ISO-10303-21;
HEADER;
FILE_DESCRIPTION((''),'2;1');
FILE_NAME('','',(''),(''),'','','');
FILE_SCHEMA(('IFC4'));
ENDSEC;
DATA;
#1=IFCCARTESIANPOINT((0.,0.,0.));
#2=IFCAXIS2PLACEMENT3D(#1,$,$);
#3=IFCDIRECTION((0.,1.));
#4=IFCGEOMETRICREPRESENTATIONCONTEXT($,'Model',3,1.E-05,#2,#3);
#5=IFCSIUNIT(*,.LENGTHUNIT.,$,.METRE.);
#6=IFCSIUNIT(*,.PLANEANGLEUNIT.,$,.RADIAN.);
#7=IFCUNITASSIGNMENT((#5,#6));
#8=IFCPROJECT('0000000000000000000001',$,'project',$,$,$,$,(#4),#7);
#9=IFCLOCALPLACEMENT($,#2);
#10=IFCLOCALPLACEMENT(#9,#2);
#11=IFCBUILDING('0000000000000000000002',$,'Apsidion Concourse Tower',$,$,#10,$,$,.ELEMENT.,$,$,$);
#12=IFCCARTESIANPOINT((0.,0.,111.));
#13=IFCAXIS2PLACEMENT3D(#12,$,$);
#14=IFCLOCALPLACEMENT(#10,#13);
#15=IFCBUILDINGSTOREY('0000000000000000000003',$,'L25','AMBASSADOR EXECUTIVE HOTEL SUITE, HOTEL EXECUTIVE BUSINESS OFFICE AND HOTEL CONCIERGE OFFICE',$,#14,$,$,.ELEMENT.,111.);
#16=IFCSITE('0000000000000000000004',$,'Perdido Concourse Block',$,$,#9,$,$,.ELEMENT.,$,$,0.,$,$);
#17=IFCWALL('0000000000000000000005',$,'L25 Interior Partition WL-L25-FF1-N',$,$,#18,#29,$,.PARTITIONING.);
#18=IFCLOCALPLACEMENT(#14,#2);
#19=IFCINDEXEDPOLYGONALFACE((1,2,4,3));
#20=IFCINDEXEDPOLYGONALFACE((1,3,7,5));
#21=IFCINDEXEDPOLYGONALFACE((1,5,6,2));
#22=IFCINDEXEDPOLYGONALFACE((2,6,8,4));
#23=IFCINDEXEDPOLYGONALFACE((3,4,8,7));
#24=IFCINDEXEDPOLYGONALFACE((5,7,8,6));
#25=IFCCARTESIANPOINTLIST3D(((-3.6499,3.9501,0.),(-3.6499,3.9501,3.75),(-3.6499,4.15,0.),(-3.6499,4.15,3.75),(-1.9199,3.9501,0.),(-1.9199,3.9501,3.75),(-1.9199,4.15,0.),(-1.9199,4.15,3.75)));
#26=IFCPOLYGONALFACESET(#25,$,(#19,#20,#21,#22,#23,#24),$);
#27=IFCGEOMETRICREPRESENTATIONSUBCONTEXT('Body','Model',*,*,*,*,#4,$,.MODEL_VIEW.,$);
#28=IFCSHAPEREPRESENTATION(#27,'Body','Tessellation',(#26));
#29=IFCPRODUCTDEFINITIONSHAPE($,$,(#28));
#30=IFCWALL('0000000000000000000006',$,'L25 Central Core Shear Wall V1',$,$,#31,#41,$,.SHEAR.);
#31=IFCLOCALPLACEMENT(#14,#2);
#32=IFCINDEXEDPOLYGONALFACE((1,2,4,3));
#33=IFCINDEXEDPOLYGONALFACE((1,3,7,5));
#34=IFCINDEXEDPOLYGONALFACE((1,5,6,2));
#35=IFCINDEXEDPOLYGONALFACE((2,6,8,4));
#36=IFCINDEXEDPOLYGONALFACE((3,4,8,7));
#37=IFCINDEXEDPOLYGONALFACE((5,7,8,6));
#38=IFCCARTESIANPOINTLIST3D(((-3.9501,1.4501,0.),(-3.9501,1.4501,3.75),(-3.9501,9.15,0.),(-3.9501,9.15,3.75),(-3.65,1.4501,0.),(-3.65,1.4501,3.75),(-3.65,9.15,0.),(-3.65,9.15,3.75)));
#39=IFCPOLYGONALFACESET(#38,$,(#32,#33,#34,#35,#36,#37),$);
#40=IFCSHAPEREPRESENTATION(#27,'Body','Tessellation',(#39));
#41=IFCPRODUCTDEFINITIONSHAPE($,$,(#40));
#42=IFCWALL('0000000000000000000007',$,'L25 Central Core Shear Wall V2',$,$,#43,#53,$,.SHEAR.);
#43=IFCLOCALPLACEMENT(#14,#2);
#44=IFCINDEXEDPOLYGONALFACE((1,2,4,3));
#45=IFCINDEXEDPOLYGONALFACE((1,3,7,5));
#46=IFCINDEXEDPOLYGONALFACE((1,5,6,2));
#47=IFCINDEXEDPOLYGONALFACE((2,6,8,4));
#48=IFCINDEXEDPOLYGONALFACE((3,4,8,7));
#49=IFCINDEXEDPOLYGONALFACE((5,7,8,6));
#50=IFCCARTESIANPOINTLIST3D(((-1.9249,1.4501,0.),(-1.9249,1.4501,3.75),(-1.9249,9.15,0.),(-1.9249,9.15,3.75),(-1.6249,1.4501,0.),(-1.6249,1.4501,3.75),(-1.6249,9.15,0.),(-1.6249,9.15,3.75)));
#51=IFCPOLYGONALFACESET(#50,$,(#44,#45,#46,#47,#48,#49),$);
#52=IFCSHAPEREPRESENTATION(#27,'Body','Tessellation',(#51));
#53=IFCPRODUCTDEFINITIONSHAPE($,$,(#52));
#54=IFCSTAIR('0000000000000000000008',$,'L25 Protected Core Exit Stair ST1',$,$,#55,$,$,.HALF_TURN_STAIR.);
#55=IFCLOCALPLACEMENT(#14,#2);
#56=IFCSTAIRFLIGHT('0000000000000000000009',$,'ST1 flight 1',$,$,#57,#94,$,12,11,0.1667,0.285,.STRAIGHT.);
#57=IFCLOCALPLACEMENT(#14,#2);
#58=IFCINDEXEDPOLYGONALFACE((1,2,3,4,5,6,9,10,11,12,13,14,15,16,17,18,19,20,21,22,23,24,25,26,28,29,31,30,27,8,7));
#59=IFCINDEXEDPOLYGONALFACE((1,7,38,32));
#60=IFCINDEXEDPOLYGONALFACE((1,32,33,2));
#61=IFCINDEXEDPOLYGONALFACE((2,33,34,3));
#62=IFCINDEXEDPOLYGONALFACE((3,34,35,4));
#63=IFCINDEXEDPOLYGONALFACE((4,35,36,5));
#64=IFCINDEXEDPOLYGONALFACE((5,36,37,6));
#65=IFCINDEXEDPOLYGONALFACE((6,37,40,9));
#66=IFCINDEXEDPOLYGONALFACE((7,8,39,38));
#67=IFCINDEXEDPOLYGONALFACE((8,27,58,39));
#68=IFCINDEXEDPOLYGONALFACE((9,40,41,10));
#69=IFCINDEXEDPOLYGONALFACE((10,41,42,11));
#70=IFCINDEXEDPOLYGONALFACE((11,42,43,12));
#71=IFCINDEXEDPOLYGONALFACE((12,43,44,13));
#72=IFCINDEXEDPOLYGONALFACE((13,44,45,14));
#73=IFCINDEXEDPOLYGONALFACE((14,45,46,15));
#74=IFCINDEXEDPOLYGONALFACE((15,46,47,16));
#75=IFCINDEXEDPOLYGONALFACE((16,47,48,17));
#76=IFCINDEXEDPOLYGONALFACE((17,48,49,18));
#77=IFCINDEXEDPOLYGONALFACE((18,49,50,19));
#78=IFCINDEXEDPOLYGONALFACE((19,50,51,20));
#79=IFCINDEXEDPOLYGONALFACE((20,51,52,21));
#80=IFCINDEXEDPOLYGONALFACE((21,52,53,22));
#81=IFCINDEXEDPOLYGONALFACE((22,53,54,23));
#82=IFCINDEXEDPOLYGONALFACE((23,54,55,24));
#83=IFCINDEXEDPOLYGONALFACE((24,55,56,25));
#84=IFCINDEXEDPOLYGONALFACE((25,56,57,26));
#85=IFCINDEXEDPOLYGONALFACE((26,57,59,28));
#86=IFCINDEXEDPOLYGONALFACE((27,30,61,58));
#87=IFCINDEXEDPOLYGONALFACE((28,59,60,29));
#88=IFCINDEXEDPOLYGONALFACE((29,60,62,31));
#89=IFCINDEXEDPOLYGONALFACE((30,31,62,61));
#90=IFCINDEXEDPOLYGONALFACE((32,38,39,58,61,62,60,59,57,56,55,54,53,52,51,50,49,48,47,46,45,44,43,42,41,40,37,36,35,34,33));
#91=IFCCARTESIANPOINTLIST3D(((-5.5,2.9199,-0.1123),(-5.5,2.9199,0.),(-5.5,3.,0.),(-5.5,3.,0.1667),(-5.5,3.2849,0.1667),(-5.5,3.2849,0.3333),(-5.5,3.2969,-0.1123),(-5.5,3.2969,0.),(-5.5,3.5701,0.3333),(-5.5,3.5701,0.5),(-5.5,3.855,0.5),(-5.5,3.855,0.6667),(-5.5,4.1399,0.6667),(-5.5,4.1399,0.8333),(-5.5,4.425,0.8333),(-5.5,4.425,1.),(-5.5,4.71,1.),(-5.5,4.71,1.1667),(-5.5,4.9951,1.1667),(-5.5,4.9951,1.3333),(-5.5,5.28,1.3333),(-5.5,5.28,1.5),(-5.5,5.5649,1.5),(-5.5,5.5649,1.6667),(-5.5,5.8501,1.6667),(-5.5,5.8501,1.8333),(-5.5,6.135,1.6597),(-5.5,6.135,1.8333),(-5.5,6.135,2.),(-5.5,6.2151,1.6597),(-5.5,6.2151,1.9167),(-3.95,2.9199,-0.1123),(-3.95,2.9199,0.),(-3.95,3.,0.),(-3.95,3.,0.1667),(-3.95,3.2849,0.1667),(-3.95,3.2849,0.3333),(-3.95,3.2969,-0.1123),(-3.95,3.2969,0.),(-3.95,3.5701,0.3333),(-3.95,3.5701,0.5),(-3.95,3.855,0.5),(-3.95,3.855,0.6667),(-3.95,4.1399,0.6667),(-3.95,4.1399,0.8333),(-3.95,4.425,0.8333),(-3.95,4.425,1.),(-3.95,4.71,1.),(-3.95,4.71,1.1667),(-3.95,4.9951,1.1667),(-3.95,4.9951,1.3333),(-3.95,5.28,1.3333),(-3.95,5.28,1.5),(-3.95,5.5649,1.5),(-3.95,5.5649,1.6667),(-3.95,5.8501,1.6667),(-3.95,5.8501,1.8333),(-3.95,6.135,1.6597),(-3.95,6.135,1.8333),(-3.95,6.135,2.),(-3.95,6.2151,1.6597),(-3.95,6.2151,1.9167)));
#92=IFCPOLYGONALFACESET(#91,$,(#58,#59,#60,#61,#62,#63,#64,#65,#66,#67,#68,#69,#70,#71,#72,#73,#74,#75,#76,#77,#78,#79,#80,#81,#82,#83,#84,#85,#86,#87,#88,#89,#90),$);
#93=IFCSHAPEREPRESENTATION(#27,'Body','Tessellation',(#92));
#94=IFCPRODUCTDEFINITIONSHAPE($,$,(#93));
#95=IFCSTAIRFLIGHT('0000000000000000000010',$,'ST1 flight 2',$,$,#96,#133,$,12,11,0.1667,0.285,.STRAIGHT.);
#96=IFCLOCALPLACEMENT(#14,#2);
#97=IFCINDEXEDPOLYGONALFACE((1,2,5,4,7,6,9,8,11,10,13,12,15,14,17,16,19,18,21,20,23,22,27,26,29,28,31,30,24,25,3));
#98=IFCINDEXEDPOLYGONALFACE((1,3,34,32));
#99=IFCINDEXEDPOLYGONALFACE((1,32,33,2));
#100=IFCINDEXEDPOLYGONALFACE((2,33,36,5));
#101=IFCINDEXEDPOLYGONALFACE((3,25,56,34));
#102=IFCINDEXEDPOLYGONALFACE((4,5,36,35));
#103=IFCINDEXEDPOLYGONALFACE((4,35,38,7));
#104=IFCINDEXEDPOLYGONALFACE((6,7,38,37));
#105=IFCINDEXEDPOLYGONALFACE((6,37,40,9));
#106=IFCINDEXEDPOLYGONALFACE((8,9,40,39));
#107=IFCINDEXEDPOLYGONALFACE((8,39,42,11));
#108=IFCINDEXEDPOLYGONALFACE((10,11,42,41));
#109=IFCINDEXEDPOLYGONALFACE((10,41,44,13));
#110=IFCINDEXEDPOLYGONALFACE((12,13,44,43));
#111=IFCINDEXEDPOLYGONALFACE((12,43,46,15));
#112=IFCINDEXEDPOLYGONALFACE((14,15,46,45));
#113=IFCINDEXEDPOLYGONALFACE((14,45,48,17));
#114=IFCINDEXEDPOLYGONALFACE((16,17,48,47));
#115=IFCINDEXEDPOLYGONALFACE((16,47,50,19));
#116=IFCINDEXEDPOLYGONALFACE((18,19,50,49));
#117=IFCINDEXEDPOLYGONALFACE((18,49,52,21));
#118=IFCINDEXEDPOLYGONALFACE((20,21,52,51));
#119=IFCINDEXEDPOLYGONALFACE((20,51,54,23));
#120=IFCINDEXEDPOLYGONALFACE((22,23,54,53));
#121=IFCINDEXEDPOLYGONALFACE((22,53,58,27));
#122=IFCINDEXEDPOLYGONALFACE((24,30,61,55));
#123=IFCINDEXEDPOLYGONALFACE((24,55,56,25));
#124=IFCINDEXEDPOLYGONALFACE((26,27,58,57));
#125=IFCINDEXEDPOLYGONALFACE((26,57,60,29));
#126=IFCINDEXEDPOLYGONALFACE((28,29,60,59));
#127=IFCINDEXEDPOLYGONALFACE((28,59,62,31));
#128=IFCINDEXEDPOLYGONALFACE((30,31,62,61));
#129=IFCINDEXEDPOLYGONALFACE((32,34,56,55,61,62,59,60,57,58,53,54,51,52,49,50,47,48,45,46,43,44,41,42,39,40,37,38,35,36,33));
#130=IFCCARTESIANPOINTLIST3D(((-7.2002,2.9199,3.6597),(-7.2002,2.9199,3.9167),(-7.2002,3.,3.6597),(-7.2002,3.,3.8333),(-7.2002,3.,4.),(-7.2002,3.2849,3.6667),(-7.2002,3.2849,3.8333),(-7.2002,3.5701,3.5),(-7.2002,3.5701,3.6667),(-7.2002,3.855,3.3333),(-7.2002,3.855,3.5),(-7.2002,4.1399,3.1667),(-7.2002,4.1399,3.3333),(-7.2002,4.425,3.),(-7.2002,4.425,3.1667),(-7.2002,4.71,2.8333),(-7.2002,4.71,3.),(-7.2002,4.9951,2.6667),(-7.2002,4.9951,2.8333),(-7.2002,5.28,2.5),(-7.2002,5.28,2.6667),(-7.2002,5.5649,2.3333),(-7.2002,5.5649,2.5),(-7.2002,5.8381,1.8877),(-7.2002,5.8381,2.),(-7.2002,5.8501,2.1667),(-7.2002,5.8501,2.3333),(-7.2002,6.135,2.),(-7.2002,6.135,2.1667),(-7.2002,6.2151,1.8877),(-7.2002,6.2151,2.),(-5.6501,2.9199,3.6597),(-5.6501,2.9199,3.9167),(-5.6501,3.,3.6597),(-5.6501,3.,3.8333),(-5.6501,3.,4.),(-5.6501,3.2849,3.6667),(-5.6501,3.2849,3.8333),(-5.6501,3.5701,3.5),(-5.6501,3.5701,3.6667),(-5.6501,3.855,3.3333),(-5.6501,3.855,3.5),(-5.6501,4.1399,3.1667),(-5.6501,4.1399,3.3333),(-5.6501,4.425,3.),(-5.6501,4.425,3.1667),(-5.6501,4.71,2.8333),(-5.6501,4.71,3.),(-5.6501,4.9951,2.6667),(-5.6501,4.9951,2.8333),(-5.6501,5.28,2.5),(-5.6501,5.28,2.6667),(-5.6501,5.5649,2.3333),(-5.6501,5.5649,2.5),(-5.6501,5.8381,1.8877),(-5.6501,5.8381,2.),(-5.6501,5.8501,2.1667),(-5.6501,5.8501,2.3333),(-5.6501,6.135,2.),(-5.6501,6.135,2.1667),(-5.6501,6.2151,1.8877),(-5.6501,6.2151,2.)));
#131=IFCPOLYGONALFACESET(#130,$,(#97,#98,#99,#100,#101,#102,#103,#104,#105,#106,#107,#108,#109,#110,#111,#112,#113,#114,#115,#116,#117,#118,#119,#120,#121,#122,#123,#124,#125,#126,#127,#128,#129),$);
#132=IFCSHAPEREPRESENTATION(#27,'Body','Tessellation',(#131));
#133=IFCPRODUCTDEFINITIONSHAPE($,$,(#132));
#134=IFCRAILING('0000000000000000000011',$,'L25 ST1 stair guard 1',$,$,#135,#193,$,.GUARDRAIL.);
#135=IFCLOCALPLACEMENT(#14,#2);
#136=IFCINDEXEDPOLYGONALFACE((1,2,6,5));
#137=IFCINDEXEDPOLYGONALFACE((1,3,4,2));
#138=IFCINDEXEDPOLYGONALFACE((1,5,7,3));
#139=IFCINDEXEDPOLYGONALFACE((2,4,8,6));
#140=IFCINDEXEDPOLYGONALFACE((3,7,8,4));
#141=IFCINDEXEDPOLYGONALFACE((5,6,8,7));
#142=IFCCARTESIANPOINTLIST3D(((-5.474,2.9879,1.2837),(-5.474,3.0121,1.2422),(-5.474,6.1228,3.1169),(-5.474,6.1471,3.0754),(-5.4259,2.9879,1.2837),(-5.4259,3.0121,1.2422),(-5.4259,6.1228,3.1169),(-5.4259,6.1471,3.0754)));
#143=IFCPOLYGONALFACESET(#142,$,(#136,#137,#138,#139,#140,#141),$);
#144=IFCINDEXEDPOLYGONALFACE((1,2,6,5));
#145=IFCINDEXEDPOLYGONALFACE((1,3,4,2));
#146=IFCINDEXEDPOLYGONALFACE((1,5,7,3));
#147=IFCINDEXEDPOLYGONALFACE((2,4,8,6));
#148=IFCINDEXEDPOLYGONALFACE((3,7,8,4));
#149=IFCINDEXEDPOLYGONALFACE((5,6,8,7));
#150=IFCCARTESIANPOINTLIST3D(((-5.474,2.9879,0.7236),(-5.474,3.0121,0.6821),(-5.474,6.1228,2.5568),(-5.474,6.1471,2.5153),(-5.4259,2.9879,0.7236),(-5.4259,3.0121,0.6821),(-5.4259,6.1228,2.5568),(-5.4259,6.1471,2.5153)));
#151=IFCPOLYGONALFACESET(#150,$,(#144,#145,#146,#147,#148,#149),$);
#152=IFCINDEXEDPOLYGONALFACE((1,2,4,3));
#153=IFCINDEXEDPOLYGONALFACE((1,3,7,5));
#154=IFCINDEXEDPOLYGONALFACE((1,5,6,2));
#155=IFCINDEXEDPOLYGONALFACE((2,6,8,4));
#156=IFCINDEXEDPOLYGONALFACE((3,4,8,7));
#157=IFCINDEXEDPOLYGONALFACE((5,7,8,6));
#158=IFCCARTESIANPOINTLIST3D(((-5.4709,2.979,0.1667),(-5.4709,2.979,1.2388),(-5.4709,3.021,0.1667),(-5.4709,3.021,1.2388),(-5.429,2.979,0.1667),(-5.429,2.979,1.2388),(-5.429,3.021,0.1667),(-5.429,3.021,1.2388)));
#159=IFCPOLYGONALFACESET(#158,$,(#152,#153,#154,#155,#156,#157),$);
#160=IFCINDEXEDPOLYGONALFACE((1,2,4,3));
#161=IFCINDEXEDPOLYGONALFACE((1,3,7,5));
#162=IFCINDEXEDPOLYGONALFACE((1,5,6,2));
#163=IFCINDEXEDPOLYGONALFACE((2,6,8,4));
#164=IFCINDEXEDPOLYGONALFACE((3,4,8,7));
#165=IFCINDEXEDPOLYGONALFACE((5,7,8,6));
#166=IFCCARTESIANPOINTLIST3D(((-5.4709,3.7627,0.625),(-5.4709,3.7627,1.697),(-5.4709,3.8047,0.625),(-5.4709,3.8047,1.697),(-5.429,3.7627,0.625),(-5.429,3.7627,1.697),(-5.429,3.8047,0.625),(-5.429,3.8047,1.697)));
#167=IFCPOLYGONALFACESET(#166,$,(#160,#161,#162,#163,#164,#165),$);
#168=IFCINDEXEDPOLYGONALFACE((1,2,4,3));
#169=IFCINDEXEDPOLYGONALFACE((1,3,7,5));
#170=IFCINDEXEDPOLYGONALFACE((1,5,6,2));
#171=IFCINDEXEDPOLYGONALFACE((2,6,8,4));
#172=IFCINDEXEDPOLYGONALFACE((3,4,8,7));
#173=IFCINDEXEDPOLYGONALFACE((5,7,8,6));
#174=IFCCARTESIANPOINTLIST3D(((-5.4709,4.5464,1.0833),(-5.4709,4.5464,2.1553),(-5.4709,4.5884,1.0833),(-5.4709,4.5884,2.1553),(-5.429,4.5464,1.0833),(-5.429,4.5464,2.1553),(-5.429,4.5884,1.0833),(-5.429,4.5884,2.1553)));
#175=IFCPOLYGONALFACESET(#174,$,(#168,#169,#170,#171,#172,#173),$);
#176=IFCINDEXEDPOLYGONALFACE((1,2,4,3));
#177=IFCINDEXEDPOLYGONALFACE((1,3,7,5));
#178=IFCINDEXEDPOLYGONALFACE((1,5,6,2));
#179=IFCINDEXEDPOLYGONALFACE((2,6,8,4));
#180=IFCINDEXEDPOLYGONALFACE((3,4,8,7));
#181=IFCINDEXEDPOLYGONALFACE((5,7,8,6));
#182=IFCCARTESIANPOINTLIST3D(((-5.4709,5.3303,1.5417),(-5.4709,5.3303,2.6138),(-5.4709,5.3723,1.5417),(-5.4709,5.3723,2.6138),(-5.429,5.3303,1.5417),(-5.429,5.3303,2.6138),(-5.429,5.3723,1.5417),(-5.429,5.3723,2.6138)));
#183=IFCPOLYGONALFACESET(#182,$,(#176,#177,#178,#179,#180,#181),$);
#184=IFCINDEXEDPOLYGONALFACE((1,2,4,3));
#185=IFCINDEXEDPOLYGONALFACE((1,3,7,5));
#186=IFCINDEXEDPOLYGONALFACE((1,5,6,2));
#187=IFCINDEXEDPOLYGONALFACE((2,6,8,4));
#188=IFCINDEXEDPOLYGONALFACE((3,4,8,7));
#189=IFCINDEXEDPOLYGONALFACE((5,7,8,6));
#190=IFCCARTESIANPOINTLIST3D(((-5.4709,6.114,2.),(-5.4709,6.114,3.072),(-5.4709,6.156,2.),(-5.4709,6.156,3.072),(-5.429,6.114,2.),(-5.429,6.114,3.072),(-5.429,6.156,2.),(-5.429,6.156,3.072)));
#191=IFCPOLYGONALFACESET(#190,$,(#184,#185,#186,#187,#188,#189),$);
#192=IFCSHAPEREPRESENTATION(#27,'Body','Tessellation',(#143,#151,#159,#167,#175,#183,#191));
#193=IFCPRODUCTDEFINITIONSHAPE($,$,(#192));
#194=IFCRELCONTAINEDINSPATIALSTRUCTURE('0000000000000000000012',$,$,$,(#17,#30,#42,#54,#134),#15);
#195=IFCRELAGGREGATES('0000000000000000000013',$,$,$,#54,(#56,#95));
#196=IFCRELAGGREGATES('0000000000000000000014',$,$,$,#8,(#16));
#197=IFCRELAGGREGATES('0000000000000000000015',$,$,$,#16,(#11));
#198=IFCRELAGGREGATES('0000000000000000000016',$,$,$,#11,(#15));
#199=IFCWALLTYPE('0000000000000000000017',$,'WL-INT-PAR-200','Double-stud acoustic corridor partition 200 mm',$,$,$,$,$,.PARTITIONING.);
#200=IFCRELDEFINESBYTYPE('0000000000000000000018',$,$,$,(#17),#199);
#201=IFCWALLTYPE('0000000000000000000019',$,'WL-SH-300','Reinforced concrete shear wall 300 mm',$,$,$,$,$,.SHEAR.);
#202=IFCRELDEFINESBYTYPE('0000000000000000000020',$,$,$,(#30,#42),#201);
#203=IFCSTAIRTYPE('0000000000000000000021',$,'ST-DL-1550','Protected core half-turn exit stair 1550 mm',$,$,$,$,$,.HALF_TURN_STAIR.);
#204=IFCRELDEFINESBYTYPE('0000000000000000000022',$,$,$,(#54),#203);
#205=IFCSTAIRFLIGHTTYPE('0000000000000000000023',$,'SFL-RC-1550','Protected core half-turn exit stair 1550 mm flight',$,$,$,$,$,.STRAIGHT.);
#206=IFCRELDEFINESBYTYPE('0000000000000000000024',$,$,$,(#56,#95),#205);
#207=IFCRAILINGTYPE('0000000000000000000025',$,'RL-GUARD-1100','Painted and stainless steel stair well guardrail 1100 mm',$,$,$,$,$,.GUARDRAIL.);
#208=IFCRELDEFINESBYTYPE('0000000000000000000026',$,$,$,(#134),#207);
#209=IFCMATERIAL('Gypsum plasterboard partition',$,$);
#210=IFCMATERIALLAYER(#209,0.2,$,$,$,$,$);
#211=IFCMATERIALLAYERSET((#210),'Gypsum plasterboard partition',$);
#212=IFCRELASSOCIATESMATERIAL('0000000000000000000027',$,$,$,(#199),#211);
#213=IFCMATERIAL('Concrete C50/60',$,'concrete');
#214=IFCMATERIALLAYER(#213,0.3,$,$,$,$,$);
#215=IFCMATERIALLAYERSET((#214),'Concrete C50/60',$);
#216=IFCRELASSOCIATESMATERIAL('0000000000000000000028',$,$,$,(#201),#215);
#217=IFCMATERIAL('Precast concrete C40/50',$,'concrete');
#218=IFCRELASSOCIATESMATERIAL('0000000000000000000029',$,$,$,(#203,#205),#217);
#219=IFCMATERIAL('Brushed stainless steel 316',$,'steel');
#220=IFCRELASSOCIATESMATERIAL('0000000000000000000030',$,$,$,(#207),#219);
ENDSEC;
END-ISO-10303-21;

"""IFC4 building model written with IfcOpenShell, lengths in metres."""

from ifc_helpers import new_model, si_unit, direction, frame, frame_2d, origin, origin_2d, place, context, subcontext, project, spatial, polyline, rectangle, outline, extrude, material, layer, layer_set, type_object, element, aggregate, save


model = new_model("IFC4")

# Units and contexts
model_context = context("Model", 3, precision=1e-05, world=origin(), true_north=direction((0.0, 1.0)))
body_context = subcontext(model_context, "Body", "Model", "MODEL_VIEW")
ifc_project = project(units=[si_unit("LENGTHUNIT", "METRE"), si_unit("PLANEANGLEUNIT", "RADIAN")], contexts=[model_context])

# Site, building, storey
site_placement = place(None, origin())
site = spatial("IfcSite", under=ifc_project, at=site_placement, Name="Perdido Concourse Block", CompositionType="ELEMENT", RefElevation=0.0)
building_placement = place(site_placement, origin())
building = spatial("IfcBuilding", under=site, at=building_placement, Name="Apsidion Concourse Tower", CompositionType="ELEMENT")
storey_placement = place(building_placement, frame((0.0, 0.0, 111.0)))
storey = spatial("IfcBuildingStorey", under=building, at=storey_placement, Name="L25", Description="AMBASSADOR EXECUTIVE HOTEL SUITE, HOTEL EXECUTIVE BUSINESS OFFICE AND HOTEL CONCIERGE OFFICE", CompositionType="ELEMENT", Elevation=111.0)

# Shared definitions
ifc_material_1 = material(Name="Concrete C50/60", Category="concrete")

# Walls
ifc_material_2 = material(Name="Gypsum plasterboard partition")
ifc_layer_1 = layer(ifc_material_2, 0.2)
ifc_layer_set_1 = layer_set([ifc_layer_1], Name="Gypsum plasterboard partition")
wall_type_1 = type_object("IfcWallType", Name="WL-INT-PAR-200", Description="Double-stud acoustic corridor partition 200 mm", PredefinedType="PARTITIONING", material=ifc_layer_set_1)
wall_1_placement = place(storey_placement, frame((-3.6499, 4.05, 0.0), z_axis=(0.0, 0.0, 1.0), x_axis=(1.0, 0.0, 0.0)))
element("IfcWall", 1, at=wall_1_placement, inside=storey, type_object=wall_type_1, Name="L25 Interior Partition WL-L25-FF1-N", PredefinedType="PARTITIONING", context=body_context, shape_type="SweptSolid", body=[
    extrude(rectangle(XDim=1.73, YDim=0.2, at=frame_2d((0.865, 0.0))), origin(), (0.0, 0.0, 1.0), 3.75),
])
ifc_layer_2 = layer(ifc_material_1, 0.3)
ifc_layer_set_2 = layer_set([ifc_layer_2], Name="Concrete C50/60")
wall_type_2 = type_object("IfcWallType", Name="WL-SH-300", Description="Reinforced concrete shear wall 300 mm", PredefinedType="SHEAR", material=ifc_layer_set_2)
for number, where, z_axis, x_axis, name in (
    (2, (-3.8, 1.45, 0.0), (0.0, 0.0, 1.0), (0.0, 1.0, 0.0), "L25 Central Core Shear Wall V1"),
    (3, (-1.7749, 1.45, 0.0), (0.0, 0.0, 1.0), (0.0, 1.0, 0.0), "L25 Central Core Shear Wall V2"),
):
    element("IfcWall", number, at=place(storey_placement, frame(where, z_axis=z_axis, x_axis=x_axis)), inside=storey, type_object=wall_type_2, Name=name, PredefinedType="SHEAR", context=body_context, shape_type="SweptSolid", body=[
        extrude(rectangle(XDim=7.7, YDim=0.3, at=frame_2d((3.8501, 0.0))), origin(), (0.0, 0.0, 1.0), 3.75),
    ])

# Stair, stair flights
ifc_material_3 = material(Name="Precast concrete C40/50", Category="concrete")
stair_type = type_object("IfcStairType", Name="ST-DL-1550", Description="Protected core half-turn exit stair 1550 mm", PredefinedType="HALF_TURN_STAIR", material=ifc_material_3)
stair_placement = place(storey_placement, origin())
stair = element("IfcStair", 4, at=stair_placement, inside=storey, type_object=stair_type, Name="L25 Protected Core Exit Stair ST1", PredefinedType="HALF_TURN_STAIR")
stair_flight_type = type_object("IfcStairFlightType", Name="SFL-RC-1550", Description="Protected core half-turn exit stair 1550 mm flight", PredefinedType="STRAIGHT", material=ifc_material_3)
stair_flight_1_placement = place(storey_placement, frame((-4.7251, 3.0, 0.0), z_axis=(0.0, 0.0, 1.0), x_axis=(0.0, 1.0, 0.0)))
stair_flight_1 = element("IfcStairFlight", 5, at=stair_flight_1_placement, type_object=stair_flight_type, Name="ST1 flight 1", NumberOfRisers=12, NumberOfTreads=11, PredefinedType="STRAIGHT", RiserHeight=0.1667, TreadLength=0.285, context=body_context, shape_type="SweptSolid", body=[
    extrude(outline(polyline([(-0.0801, -0.1123), (-0.0801, 0.0), (0.0, 0.0), (0.0, 0.1667), (0.2849, 0.1667), (0.2849, 0.3333), (0.5701, 0.3333), (0.5701, 0.5), (0.855, 0.5), (0.855, 0.6667), (1.1399, 0.6667), (1.1399, 0.8333), (1.425, 0.8333), (1.425, 1.0), (1.71, 1.0), (1.71, 1.1667), (1.9951, 1.1667), (1.9951, 1.3333), (2.28, 1.3333), (2.28, 1.5), (2.5649, 1.5), (2.5649, 1.6667), (2.8501, 1.6667), (2.8501, 1.8333), (3.135, 1.8333), (3.135, 2.0), (3.2151, 1.9167), (3.2151, 1.6597), (3.135, 1.6597), (0.2969, 0.0), (0.2969, -0.1123), (-0.0801, -0.1123)])), frame((0.0, 0.7749, 0.0), z_axis=(0.0, -1.0, 0.0), x_axis=(1.0, 0.0, 0.0)), (0.0, 0.0, 1.0), 1.55),
])
stair_flight_2_placement = place(storey_placement, frame((-6.425, 6.135, 2.0), z_axis=(0.0, 0.0, 1.0), x_axis=(0.0, -1.0, 0.0)))
stair_flight_2 = element("IfcStairFlight", 6, at=stair_flight_2_placement, type_object=stair_flight_type, Name="ST1 flight 2", NumberOfRisers=12, NumberOfTreads=11, PredefinedType="STRAIGHT", RiserHeight=0.1667, TreadLength=0.285, context=body_context, shape_type="SweptSolid", body=[
    extrude(outline(polyline([(-0.0801, -0.1123), (-0.0801, 0.0), (0.0, 0.0), (0.0, 0.1667), (0.2849, 0.1667), (0.2849, 0.3333), (0.5701, 0.3333), (0.5701, 0.5), (0.855, 0.5), (0.855, 0.6667), (1.1399, 0.6667), (1.1399, 0.8333), (1.425, 0.8333), (1.425, 1.0), (1.71, 1.0), (1.71, 1.1667), (1.9951, 1.1667), (1.9951, 1.3333), (2.28, 1.3333), (2.28, 1.5), (2.5649, 1.5), (2.5649, 1.6667), (2.8501, 1.6667), (2.8501, 1.8333), (3.135, 1.8333), (3.135, 2.0), (3.2151, 1.9167), (3.2151, 1.6597), (3.135, 1.6597), (0.2969, 0.0), (0.2969, -0.1123), (-0.0801, -0.1123)])), frame((0.0, 0.7749, 0.0), z_axis=(0.0, -1.0, 0.0), x_axis=(1.0, 0.0, 0.0)), (0.0, 0.0, 1.0), 1.55),
])
aggregate(stair, [stair_flight_1, stair_flight_2])

# Railing
ifc_material_4 = material(Name="Brushed stainless steel 316", Category="steel")
railing_type_1 = type_object("IfcRailingType", Name="RL-GUARD-1100", Description="Painted and stainless steel stair well guardrail 1100 mm", PredefinedType="GUARDRAIL", material=ifc_material_4)
railing_1_placement = place(storey_placement, frame((-5.45, 3.0, 0.1667)))
element("IfcRailing", 7, at=railing_1_placement, inside=storey, type_object=railing_type_1, Name="L25 ST1 stair guard 1", PredefinedType="GUARDRAIL", context=body_context, shape_type="SweptSolid", body=[
    extrude(rectangle(XDim=0.0481, YDim=0.0481, at=origin_2d()), frame((0.0, 0.0, 1.0962), z_axis=(0.0, 0.86324, 0.504794), x_axis=(-1.0, 0.0, 0.0)), (0.0, 0.0, 1.0), 3.6316),
    extrude(rectangle(XDim=0.0481, YDim=0.0481, at=origin_2d()), frame((0.0, 0.0, 0.5361), z_axis=(0.0, 0.86324, 0.504794), x_axis=(-1.0, 0.0, 0.0)), (0.0, 0.0, 1.0), 3.6316),
    extrude(rectangle(XDim=0.042, YDim=0.042, at=origin_2d()), origin(), (0.0, 0.0, 1.0), 1.072),
    extrude(rectangle(XDim=0.042, YDim=0.042, at=origin_2d()), frame((0.0, 0.7837, 0.4583)), (0.0, 0.0, 1.0), 1.072),
    extrude(rectangle(XDim=0.042, YDim=0.042, at=origin_2d()), frame((0.0, 1.5674, 0.9165)), (0.0, 0.0, 1.0), 1.072),
    extrude(rectangle(XDim=0.042, YDim=0.042, at=origin_2d()), frame((0.0, 2.3513, 1.375)), (0.0, 0.0, 1.0), 1.072),
    extrude(rectangle(XDim=0.042, YDim=0.042, at=origin_2d()), frame((0.0, 3.135, 1.8333)), (0.0, 0.0, 1.0), 1.072),
])

save(model, "model.ifc")
